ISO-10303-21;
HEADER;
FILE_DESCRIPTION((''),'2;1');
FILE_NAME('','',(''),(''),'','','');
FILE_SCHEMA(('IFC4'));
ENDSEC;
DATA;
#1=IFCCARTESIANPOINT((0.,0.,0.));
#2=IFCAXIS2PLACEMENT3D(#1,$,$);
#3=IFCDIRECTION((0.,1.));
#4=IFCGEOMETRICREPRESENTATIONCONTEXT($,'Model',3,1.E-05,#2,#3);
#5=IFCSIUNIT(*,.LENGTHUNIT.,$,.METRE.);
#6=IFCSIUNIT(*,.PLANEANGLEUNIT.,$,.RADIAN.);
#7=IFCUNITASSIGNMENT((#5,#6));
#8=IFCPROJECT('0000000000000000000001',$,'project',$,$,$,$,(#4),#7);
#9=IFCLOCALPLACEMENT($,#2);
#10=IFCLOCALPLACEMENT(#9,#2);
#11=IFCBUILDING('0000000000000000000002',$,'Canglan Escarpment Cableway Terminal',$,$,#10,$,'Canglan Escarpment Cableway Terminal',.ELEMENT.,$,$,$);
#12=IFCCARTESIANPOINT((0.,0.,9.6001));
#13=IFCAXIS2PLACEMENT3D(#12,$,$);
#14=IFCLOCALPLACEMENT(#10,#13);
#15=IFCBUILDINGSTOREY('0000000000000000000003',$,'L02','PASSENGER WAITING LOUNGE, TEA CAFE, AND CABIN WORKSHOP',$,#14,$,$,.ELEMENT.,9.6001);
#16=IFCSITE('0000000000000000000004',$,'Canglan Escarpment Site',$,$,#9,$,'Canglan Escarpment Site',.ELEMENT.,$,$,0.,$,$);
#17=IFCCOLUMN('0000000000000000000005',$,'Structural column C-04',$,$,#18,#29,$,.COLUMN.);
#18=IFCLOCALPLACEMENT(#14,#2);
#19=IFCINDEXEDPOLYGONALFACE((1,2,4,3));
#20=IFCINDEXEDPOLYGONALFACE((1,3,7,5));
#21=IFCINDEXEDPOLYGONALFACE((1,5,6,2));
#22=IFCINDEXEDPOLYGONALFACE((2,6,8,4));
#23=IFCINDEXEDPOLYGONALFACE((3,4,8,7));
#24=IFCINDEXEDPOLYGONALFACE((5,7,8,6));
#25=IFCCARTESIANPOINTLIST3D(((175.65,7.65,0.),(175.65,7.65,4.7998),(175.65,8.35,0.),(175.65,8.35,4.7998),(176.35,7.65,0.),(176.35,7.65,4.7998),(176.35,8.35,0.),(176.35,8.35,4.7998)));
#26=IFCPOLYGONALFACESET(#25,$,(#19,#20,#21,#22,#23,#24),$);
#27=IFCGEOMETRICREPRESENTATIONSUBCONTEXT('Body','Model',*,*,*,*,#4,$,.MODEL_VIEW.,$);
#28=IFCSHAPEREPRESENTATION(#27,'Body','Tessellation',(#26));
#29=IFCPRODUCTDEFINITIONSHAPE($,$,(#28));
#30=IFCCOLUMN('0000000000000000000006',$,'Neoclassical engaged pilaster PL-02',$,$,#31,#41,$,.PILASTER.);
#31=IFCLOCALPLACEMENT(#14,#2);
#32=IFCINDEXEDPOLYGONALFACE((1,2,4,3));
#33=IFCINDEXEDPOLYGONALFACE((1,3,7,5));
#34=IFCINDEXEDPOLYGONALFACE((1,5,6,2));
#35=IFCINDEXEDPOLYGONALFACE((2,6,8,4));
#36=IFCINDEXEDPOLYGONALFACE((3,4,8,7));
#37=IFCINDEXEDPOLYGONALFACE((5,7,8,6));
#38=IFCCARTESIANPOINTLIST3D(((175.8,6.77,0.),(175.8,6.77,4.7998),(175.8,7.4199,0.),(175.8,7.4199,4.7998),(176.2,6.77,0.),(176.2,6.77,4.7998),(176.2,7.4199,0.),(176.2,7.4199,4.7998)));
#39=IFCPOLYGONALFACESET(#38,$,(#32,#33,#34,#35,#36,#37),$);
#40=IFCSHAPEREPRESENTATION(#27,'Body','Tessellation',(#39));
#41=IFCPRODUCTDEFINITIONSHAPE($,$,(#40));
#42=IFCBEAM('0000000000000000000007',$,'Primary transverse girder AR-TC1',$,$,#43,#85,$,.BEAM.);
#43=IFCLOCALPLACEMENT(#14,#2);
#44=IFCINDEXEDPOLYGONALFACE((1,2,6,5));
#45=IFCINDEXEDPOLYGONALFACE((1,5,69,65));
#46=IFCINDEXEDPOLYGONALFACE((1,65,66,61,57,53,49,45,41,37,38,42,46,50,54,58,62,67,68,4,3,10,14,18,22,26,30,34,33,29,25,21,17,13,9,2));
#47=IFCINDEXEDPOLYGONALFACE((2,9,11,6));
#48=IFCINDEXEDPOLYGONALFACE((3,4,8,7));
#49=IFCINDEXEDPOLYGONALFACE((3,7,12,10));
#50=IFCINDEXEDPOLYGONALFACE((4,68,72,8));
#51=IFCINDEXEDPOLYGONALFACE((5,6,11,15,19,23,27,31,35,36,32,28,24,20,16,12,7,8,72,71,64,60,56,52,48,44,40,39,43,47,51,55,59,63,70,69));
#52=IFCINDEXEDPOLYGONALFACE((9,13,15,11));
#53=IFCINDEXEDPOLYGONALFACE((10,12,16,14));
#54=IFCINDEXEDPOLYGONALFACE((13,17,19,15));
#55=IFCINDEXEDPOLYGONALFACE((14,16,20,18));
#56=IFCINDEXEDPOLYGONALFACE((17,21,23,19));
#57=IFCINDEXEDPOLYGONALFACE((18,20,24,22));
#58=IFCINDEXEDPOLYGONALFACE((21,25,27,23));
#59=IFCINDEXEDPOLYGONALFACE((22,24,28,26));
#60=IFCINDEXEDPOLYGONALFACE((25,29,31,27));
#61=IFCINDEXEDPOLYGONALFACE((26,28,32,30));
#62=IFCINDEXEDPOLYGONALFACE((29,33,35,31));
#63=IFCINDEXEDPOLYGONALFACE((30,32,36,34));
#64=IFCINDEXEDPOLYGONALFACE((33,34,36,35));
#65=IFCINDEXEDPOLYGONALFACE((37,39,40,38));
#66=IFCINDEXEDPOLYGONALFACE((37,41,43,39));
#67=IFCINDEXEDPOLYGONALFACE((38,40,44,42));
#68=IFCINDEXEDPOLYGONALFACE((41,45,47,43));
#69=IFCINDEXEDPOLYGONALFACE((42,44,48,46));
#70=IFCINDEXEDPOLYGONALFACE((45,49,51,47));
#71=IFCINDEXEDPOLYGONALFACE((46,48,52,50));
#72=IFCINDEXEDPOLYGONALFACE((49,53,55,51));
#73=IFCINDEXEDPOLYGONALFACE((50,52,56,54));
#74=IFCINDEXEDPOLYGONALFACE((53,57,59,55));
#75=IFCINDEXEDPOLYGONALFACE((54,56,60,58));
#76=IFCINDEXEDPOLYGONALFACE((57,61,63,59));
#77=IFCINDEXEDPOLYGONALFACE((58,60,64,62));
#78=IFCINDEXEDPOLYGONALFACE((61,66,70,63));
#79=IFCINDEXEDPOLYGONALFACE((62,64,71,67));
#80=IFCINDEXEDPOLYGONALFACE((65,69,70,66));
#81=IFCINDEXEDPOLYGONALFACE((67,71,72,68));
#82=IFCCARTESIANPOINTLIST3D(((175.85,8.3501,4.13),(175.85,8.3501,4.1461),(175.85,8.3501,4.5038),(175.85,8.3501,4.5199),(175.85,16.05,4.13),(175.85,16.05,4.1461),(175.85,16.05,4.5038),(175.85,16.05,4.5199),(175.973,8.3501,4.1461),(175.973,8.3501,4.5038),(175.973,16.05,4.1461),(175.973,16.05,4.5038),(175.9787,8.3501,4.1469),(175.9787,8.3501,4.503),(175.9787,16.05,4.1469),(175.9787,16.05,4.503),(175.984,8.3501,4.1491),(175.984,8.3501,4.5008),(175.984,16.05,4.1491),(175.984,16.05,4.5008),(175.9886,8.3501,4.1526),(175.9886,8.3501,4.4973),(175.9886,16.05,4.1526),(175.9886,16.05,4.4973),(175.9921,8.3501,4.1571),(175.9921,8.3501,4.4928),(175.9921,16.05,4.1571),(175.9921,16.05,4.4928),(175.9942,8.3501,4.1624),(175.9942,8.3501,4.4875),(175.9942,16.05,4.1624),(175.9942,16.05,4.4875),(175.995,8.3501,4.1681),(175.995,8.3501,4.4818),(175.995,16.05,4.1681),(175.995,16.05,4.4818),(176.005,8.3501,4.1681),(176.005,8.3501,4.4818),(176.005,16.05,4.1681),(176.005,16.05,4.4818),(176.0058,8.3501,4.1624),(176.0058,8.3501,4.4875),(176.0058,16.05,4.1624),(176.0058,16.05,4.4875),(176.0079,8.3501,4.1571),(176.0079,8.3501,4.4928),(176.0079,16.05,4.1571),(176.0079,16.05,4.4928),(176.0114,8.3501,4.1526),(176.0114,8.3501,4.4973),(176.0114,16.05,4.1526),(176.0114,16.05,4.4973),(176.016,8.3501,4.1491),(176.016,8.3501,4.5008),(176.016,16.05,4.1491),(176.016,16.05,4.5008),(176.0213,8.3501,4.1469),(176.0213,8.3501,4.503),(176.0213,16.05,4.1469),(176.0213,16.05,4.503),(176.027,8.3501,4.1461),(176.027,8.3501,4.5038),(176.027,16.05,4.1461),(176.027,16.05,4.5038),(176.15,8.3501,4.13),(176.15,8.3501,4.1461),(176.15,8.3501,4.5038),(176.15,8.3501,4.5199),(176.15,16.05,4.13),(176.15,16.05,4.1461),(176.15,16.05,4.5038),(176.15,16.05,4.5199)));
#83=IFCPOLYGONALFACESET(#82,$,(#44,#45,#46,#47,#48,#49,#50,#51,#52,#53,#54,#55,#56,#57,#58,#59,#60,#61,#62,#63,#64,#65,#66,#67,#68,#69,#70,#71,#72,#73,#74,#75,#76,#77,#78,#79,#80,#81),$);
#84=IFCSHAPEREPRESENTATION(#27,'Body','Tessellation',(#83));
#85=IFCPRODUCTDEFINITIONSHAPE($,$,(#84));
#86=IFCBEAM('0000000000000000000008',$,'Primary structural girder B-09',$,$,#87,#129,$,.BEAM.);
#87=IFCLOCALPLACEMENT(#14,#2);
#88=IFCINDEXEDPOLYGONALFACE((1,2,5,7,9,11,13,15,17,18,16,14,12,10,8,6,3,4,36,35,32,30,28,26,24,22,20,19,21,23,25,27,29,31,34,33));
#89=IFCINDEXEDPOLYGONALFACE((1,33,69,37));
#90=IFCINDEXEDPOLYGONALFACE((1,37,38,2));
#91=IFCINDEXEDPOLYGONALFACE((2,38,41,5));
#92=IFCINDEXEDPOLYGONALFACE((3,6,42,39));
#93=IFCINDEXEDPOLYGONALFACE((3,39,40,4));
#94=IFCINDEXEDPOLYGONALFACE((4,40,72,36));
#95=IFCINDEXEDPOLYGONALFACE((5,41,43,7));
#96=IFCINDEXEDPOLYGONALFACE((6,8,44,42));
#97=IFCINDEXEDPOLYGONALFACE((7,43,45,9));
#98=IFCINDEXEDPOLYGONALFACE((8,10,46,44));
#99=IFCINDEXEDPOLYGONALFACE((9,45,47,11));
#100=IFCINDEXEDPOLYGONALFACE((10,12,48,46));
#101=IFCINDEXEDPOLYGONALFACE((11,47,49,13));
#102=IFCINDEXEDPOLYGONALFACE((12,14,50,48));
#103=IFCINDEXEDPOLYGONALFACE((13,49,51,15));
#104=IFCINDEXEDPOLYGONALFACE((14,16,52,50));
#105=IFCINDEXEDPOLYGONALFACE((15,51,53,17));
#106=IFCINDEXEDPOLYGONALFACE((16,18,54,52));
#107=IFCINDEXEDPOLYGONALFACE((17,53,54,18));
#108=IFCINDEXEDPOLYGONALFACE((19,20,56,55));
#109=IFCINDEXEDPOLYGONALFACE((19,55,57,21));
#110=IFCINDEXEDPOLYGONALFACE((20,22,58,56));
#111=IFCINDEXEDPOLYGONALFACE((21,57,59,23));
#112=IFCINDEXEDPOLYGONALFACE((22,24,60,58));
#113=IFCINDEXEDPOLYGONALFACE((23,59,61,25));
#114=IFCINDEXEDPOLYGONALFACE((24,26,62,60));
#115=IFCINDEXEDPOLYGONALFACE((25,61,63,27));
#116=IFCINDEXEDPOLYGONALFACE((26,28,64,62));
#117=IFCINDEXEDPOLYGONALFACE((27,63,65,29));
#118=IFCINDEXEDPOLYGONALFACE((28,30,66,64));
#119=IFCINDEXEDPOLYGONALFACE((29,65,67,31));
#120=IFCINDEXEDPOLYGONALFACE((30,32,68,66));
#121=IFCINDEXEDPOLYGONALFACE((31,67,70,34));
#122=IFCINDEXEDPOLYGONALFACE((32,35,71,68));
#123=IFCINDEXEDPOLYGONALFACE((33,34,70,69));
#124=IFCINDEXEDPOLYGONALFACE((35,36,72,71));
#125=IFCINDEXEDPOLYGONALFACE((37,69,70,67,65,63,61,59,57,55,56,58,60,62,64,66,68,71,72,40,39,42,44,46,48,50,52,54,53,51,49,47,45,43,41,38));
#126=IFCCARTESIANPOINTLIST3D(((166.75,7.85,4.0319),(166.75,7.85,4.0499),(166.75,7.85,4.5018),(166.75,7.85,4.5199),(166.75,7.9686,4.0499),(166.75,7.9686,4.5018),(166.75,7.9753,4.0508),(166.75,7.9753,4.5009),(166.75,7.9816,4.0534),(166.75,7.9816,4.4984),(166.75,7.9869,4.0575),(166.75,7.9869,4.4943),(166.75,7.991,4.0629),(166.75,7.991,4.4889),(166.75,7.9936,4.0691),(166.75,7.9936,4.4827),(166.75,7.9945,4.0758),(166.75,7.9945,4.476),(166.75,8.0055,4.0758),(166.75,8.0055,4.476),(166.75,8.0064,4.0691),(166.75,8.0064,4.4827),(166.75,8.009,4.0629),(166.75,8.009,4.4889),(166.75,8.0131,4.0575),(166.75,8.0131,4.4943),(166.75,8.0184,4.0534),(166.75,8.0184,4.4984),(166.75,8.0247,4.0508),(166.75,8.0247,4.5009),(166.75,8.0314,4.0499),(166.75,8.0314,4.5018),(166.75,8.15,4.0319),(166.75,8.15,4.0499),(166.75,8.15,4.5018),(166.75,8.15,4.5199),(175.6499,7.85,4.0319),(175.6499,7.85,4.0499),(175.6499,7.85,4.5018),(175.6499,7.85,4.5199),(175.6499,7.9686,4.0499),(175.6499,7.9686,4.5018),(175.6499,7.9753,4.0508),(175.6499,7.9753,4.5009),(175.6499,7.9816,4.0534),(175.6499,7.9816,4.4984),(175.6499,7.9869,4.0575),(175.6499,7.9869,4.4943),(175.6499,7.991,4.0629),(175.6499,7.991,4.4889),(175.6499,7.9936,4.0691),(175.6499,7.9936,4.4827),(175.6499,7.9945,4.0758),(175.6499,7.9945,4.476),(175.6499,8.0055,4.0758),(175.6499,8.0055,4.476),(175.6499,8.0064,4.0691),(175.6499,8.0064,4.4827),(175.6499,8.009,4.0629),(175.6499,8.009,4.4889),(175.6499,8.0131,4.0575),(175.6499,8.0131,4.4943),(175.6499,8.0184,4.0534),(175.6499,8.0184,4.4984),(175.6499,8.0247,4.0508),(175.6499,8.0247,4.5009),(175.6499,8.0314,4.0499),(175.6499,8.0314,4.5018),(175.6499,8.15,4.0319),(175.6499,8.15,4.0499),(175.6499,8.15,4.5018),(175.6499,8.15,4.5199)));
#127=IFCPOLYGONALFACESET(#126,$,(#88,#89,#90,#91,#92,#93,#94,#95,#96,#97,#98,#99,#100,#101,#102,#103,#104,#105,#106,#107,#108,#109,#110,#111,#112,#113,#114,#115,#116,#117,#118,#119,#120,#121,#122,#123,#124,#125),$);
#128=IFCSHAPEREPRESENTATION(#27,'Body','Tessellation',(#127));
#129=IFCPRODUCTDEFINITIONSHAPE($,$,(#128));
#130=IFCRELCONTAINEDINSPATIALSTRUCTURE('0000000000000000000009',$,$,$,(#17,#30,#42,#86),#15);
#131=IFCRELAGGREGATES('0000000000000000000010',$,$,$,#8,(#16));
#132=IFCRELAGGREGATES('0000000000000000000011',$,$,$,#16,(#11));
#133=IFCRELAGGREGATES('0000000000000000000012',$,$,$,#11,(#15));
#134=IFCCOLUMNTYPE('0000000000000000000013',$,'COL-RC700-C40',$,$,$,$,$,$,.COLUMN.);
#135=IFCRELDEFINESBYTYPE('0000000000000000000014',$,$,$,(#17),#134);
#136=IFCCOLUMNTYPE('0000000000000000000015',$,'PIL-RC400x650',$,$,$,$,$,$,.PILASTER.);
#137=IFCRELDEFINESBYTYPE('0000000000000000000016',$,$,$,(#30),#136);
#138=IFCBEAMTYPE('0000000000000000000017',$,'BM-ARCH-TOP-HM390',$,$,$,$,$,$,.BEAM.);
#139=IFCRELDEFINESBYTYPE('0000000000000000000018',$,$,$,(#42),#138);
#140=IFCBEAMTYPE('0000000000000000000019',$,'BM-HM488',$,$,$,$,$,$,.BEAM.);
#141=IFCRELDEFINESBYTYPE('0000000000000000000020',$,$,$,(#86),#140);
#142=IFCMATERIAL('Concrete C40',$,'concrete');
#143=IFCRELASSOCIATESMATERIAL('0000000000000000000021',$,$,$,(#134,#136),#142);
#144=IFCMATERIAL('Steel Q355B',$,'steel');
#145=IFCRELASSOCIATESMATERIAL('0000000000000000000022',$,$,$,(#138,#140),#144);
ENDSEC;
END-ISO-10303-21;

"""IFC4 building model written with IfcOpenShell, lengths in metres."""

from ifc_helpers import new_model, si_unit, direction, frame, origin, origin_2d, place, context, subcontext, project, spatial, rectangle, i_section, extrude, material, material_profile, profile_set, type_object, element, save


model = new_model("IFC4")

# Units and contexts
model_context = context("Model", 3, precision=1e-05, world=origin(), true_north=direction((0.0, 1.0)))
body_context = subcontext(model_context, "Body", "Model", "MODEL_VIEW")
ifc_project = project(units=[si_unit("LENGTHUNIT", "METRE"), si_unit("PLANEANGLEUNIT", "RADIAN")], contexts=[model_context])

# Site, building, storey
site_placement = place(None, origin())
site = spatial("IfcSite", under=ifc_project, at=site_placement, Name="Canglan Escarpment Site", LongName="Canglan Escarpment Site", CompositionType="ELEMENT", RefElevation=0.0)
building_placement = place(site_placement, origin())
building = spatial("IfcBuilding", under=site, at=building_placement, Name="Canglan Escarpment Cableway Terminal", LongName="Canglan Escarpment Cableway Terminal", CompositionType="ELEMENT")
storey_placement = place(building_placement, frame((0.0, 0.0, 9.6001)))
storey = spatial("IfcBuildingStorey", under=building, at=storey_placement, Name="L02", Description="PASSENGER WAITING LOUNGE, TEA CAFE, AND CABIN WORKSHOP", CompositionType="ELEMENT", Elevation=9.6001)

# Columns
ifc_material_1 = material(Name="Concrete C40", Category="concrete")
ifc_material_profile_1 = material_profile(ifc_material_1, rectangle(XDim=0.7, YDim=0.7, at=origin_2d()), Name="RC 700x700")
ifc_profile_set_1 = profile_set([ifc_material_profile_1], Name="Concrete C40")
column_type_1 = type_object("IfcColumnType", Name="COL-RC700-C40", PredefinedType="COLUMN", material=ifc_profile_set_1)
column_1_placement = place(storey_placement, frame((176.0, 8.0, 0.0), z_axis=(0.0, 0.0, 1.0), x_axis=(1.0, 0.0, 0.0)))
element("IfcColumn", 1, at=column_1_placement, inside=storey, type_object=column_type_1, Name="Structural column C-04", PredefinedType="COLUMN", context=body_context, shape_type="SweptSolid", body=[
    extrude(rectangle(XDim=0.7, YDim=0.7, at=origin_2d()), origin(), (0.0, 0.0, 1.0), 4.7998),
])
ifc_material_profile_2 = material_profile(ifc_material_1, rectangle(XDim=0.3999, YDim=0.6499, at=origin_2d()), Name="RC-PIL 400x650")
ifc_profile_set_2 = profile_set([ifc_material_profile_2], Name="Concrete C40")
column_type_2 = type_object("IfcColumnType", Name="PIL-RC400x650", PredefinedType="PILASTER", material=ifc_profile_set_2)
column_2_placement = place(storey_placement, frame((176.0, 7.095, 0.0), z_axis=(0.0, 0.0, 1.0), x_axis=(1.0, 0.0, 0.0)))
element("IfcColumn", 2, at=column_2_placement, inside=storey, type_object=column_type_2, Name="Neoclassical engaged pilaster PL-02", PredefinedType="PILASTER", context=body_context, shape_type="SweptSolid", body=[
    extrude(rectangle(XDim=0.3999, YDim=0.6499, at=origin_2d()), origin(), (0.0, 0.0, 1.0), 4.7998),
])

# Beams
ifc_material_2 = material(Name="Steel Q355B", Category="steel")
ifc_material_profile_3 = material_profile(ifc_material_2, i_section(OverallWidth=0.3, OverallDepth=0.3899, WebThickness=0.01, FlangeThickness=0.0161, FilletRadius=0.022, at=origin_2d()), Name="HM 390x300x10x16")
ifc_profile_set_3 = profile_set([ifc_material_profile_3], Name="Steel Q355B")
beam_type_1 = type_object("IfcBeamType", Name="BM-ARCH-TOP-HM390", PredefinedType="BEAM", material=ifc_profile_set_3)
beam_1_placement = place(storey_placement, frame((176.0, 8.3501, 4.325), z_axis=(0.0, 1.0, 0.0), x_axis=(-1.0, 0.0, 0.0)))
element("IfcBeam", 3, at=beam_1_placement, inside=storey, type_object=beam_type_1, Name="Primary transverse girder AR-TC1", PredefinedType="BEAM", context=body_context, shape_type="SweptSolid", body=[
    extrude(i_section(OverallWidth=0.3, OverallDepth=0.3899, WebThickness=0.01, FlangeThickness=0.0161, FilletRadius=0.022, at=origin_2d()), origin(), (0.0, 0.0, 1.0), 7.7),
])
ifc_material_profile_4 = material_profile(ifc_material_2, i_section(OverallWidth=0.3, OverallDepth=0.488, WebThickness=0.011, FlangeThickness=0.0181, FilletRadius=0.0259, at=origin_2d()), Name="HM 488x300x11x18")
ifc_profile_set_4 = profile_set([ifc_material_profile_4], Name="Steel Q355B")
beam_type_2 = type_object("IfcBeamType", Name="BM-HM488", PredefinedType="BEAM", material=ifc_profile_set_4)
beam_2_placement = place(storey_placement, frame((166.75, 8.0, 4.2759), z_axis=(1.0, 0.0, 0.0), x_axis=(0.0, 1.0, 0.0)))
element("IfcBeam", 4, at=beam_2_placement, inside=storey, type_object=beam_type_2, Name="Primary structural girder B-09", PredefinedType="BEAM", context=body_context, shape_type="SweptSolid", body=[
    extrude(i_section(OverallWidth=0.3, OverallDepth=0.488, WebThickness=0.011, FlangeThickness=0.0181, FilletRadius=0.0259, at=origin_2d()), origin(), (0.0, 0.0, 1.0), 8.8999),
])

save(model, "model.ifc")
